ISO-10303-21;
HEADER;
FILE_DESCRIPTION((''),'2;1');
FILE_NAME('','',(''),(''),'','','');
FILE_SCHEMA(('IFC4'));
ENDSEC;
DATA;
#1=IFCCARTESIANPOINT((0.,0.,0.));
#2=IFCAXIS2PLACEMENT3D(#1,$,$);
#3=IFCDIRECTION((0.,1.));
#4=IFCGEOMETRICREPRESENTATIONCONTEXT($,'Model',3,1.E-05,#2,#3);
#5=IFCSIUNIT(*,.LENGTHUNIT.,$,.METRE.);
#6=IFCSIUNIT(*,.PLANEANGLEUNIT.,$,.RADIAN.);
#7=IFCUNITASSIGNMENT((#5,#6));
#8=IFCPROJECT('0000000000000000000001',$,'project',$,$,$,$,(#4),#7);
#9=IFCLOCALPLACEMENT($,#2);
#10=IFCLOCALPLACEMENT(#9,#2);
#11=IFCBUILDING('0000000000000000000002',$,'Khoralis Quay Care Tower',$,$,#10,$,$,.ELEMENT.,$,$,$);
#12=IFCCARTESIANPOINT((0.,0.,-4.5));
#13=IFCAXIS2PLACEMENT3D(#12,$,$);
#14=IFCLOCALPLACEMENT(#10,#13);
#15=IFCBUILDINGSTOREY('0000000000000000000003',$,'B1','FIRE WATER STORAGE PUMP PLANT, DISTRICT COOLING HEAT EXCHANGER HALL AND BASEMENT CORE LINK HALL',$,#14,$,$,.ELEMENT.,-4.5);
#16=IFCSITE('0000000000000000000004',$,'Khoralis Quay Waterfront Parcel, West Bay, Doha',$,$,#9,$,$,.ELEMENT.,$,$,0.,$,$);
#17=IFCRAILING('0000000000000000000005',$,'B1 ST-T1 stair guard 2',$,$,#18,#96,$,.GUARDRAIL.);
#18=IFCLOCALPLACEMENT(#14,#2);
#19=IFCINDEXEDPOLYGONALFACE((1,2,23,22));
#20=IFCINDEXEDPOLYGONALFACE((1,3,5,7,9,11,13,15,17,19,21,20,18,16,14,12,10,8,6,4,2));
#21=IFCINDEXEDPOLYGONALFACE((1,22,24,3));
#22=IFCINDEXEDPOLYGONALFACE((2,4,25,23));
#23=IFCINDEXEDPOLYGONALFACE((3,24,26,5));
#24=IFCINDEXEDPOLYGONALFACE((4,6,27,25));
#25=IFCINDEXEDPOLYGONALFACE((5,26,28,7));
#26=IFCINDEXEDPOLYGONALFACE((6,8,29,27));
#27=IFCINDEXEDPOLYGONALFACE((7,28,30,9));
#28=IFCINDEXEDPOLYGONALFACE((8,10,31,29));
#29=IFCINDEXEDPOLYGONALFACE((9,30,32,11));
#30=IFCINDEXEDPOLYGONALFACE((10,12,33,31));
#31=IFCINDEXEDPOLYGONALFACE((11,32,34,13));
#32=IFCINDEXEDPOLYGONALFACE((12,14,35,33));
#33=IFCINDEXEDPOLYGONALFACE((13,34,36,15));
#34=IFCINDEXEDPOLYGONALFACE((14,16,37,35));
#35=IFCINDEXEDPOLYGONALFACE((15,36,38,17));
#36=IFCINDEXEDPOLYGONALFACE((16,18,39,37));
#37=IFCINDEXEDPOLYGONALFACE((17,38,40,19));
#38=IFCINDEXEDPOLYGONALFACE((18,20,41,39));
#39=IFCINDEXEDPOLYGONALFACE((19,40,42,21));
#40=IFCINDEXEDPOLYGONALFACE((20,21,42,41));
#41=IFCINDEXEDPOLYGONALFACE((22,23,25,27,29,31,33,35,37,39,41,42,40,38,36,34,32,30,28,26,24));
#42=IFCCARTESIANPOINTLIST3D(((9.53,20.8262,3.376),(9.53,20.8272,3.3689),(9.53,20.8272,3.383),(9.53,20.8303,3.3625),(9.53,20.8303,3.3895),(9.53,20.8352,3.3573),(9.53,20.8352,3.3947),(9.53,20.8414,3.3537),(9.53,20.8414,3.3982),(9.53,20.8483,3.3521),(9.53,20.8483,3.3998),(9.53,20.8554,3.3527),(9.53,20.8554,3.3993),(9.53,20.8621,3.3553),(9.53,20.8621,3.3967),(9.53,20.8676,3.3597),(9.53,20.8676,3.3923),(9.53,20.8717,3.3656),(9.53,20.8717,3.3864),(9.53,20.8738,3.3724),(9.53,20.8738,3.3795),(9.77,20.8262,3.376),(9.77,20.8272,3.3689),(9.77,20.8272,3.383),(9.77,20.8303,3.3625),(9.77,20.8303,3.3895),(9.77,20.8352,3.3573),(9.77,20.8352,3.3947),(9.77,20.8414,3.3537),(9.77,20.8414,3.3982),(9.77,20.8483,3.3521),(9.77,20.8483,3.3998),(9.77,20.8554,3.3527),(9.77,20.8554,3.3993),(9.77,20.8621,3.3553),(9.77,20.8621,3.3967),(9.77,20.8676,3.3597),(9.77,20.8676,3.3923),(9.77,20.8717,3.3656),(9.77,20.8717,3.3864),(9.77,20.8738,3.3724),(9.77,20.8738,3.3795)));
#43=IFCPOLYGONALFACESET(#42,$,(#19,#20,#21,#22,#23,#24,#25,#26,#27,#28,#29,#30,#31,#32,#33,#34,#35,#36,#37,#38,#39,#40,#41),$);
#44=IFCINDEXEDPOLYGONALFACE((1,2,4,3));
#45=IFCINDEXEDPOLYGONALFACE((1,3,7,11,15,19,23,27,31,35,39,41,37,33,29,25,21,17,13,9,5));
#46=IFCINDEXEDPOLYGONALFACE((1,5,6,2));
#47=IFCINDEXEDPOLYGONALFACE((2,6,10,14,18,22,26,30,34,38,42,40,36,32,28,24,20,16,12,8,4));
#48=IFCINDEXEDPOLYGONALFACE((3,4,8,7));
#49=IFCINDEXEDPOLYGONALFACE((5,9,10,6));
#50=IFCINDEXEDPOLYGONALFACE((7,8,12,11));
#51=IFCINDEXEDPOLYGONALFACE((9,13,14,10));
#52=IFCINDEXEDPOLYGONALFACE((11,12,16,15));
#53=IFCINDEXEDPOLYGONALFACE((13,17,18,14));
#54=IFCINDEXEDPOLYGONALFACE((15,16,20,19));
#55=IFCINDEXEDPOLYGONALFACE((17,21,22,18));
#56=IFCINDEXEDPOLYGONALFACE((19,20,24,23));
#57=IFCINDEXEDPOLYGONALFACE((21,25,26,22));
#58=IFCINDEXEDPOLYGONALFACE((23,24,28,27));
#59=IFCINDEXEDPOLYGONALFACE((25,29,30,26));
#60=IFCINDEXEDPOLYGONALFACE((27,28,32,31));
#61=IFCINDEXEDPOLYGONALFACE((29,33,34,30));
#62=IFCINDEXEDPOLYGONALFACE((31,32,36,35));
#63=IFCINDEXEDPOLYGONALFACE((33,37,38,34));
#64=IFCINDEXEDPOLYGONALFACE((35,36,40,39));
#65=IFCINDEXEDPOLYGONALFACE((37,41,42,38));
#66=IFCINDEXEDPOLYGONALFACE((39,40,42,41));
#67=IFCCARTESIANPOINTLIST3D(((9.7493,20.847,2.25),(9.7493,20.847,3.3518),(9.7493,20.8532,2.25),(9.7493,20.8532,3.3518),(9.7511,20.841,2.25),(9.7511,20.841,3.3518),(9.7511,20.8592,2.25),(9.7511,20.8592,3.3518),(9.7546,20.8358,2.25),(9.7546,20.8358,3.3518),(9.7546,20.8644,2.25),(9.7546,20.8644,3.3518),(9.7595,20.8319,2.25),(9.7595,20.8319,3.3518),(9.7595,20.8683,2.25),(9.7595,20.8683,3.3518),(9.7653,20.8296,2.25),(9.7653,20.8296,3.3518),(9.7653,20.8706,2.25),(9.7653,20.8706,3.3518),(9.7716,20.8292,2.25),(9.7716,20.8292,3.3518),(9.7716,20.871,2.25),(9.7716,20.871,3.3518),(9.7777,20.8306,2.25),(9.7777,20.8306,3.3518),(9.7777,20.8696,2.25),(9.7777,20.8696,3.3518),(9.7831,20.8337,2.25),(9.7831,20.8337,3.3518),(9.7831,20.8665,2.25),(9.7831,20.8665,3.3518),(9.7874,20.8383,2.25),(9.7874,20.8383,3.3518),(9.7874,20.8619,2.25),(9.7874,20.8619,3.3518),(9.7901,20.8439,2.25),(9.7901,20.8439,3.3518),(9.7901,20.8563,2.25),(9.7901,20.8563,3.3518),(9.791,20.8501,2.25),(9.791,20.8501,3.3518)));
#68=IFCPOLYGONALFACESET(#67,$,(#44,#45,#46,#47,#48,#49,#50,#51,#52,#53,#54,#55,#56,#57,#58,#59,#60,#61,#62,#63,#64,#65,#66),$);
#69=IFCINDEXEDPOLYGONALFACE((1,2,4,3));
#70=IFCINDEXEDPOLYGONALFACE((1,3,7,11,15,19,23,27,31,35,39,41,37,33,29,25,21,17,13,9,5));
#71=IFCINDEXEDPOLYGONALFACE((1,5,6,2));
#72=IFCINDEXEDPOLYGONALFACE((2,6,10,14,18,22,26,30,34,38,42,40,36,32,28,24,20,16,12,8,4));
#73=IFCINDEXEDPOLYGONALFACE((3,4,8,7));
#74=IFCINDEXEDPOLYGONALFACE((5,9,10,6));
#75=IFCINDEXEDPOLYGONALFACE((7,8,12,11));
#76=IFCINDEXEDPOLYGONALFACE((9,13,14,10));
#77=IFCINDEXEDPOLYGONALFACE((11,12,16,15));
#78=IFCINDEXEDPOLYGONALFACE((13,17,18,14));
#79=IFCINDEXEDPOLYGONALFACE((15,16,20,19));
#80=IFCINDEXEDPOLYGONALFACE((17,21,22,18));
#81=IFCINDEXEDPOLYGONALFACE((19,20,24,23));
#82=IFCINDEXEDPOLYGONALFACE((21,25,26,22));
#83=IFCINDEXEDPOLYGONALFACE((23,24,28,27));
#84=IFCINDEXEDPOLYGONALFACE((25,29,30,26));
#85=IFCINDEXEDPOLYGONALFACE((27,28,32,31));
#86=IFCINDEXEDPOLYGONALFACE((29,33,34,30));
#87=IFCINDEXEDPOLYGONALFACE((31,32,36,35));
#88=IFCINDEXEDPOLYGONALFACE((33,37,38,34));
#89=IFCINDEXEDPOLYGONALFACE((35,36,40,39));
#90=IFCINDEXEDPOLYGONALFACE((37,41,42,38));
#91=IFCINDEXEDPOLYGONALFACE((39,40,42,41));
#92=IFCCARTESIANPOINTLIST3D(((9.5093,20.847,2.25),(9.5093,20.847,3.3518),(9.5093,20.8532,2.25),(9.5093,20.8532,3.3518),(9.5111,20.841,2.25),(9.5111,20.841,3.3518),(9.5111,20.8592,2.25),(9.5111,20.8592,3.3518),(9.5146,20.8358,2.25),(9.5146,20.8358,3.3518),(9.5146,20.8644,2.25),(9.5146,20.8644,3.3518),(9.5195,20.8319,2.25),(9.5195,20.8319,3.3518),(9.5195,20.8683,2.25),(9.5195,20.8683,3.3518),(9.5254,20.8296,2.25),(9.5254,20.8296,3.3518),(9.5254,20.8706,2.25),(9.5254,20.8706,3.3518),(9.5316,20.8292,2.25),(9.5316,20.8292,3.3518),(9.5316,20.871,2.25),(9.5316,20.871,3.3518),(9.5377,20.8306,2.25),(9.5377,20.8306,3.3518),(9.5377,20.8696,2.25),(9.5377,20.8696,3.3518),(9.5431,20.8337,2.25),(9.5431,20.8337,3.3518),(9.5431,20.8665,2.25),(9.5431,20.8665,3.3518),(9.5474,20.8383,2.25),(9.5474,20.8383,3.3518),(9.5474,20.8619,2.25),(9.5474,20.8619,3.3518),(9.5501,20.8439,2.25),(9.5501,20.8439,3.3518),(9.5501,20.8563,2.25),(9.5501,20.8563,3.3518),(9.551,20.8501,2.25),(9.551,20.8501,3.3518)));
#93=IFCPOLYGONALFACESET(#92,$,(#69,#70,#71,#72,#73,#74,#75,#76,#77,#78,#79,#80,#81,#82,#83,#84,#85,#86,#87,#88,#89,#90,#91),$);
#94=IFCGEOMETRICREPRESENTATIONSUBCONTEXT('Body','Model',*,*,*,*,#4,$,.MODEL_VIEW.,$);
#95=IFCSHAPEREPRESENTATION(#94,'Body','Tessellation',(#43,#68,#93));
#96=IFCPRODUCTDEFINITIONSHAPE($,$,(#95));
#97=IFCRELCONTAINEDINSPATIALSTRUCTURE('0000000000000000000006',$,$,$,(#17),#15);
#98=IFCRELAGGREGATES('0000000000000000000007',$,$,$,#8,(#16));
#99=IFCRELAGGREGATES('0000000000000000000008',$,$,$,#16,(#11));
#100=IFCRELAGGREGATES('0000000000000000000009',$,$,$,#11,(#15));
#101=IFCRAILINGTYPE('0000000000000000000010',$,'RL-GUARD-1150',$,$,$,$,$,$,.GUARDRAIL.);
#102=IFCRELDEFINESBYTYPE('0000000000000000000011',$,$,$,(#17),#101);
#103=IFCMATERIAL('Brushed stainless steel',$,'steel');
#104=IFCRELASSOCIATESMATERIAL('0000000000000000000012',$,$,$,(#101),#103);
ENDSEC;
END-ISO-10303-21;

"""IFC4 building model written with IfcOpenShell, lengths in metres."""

from ifc_helpers import new_model, si_unit, direction, frame, origin, origin_2d, place, context, subcontext, project, spatial, circle, extrude, material, type_object, element, save


model = new_model("IFC4")

# Units and contexts
model_context = context("Model", 3, precision=1e-05, world=origin(), true_north=direction((0.0, 1.0)))
body_context = subcontext(model_context, "Body", "Model", "MODEL_VIEW")
ifc_project = project(units=[si_unit("LENGTHUNIT", "METRE"), si_unit("PLANEANGLEUNIT", "RADIAN")], contexts=[model_context])

# Site, building, storey
site_placement = place(None, origin())
site = spatial("IfcSite", under=ifc_project, at=site_placement, Name="Khoralis Quay Waterfront Parcel, West Bay, Doha", CompositionType="ELEMENT", RefElevation=0.0)
building_placement = place(site_placement, origin())
building = spatial("IfcBuilding", under=site, at=building_placement, Name="Khoralis Quay Care Tower", CompositionType="ELEMENT")
storey_placement = place(building_placement, frame((0.0, 0.0, -4.5)))
storey = spatial("IfcBuildingStorey", under=building, at=storey_placement, Name="B1", Description="FIRE WATER STORAGE PUMP PLANT, DISTRICT COOLING HEAT EXCHANGER HALL AND BASEMENT CORE LINK HALL", CompositionType="ELEMENT", Elevation=-4.5)

# Shared definitions
ifc_material_1 = material(Name="Brushed stainless steel", Category="steel")

# Railing
railing_type_1 = type_object("IfcRailingType", Name="RL-GUARD-1150", PredefinedType="GUARDRAIL", material=ifc_material_1)
railing_1_placement = place(storey_placement, frame((9.77, 20.8501, 2.25)))
element("IfcRailing", 1, at=railing_1_placement, inside=storey, type_object=railing_type_1, Name="B1 ST-T1 stair guard 2", PredefinedType="GUARDRAIL", context=body_context, shape_type="SweptSolid", body=[
    extrude(circle(Radius=0.0239, at=origin_2d()), frame((0.0, 0.0, 1.126), z_axis=(-1.0, 0.0, 0.0), x_axis=(0.0, -1.0, 0.0)), (0.0, 0.0, 1.0), 0.24),
    extrude(circle(Radius=0.021, at=origin_2d()), origin(), (0.0, 0.0, 1.0), 1.1018),
    extrude(circle(Radius=0.021, at=origin_2d()), frame((-0.24, 0.0, 0.0)), (0.0, 0.0, 1.0), 1.1018),
])

save(model, "model.ifc")
